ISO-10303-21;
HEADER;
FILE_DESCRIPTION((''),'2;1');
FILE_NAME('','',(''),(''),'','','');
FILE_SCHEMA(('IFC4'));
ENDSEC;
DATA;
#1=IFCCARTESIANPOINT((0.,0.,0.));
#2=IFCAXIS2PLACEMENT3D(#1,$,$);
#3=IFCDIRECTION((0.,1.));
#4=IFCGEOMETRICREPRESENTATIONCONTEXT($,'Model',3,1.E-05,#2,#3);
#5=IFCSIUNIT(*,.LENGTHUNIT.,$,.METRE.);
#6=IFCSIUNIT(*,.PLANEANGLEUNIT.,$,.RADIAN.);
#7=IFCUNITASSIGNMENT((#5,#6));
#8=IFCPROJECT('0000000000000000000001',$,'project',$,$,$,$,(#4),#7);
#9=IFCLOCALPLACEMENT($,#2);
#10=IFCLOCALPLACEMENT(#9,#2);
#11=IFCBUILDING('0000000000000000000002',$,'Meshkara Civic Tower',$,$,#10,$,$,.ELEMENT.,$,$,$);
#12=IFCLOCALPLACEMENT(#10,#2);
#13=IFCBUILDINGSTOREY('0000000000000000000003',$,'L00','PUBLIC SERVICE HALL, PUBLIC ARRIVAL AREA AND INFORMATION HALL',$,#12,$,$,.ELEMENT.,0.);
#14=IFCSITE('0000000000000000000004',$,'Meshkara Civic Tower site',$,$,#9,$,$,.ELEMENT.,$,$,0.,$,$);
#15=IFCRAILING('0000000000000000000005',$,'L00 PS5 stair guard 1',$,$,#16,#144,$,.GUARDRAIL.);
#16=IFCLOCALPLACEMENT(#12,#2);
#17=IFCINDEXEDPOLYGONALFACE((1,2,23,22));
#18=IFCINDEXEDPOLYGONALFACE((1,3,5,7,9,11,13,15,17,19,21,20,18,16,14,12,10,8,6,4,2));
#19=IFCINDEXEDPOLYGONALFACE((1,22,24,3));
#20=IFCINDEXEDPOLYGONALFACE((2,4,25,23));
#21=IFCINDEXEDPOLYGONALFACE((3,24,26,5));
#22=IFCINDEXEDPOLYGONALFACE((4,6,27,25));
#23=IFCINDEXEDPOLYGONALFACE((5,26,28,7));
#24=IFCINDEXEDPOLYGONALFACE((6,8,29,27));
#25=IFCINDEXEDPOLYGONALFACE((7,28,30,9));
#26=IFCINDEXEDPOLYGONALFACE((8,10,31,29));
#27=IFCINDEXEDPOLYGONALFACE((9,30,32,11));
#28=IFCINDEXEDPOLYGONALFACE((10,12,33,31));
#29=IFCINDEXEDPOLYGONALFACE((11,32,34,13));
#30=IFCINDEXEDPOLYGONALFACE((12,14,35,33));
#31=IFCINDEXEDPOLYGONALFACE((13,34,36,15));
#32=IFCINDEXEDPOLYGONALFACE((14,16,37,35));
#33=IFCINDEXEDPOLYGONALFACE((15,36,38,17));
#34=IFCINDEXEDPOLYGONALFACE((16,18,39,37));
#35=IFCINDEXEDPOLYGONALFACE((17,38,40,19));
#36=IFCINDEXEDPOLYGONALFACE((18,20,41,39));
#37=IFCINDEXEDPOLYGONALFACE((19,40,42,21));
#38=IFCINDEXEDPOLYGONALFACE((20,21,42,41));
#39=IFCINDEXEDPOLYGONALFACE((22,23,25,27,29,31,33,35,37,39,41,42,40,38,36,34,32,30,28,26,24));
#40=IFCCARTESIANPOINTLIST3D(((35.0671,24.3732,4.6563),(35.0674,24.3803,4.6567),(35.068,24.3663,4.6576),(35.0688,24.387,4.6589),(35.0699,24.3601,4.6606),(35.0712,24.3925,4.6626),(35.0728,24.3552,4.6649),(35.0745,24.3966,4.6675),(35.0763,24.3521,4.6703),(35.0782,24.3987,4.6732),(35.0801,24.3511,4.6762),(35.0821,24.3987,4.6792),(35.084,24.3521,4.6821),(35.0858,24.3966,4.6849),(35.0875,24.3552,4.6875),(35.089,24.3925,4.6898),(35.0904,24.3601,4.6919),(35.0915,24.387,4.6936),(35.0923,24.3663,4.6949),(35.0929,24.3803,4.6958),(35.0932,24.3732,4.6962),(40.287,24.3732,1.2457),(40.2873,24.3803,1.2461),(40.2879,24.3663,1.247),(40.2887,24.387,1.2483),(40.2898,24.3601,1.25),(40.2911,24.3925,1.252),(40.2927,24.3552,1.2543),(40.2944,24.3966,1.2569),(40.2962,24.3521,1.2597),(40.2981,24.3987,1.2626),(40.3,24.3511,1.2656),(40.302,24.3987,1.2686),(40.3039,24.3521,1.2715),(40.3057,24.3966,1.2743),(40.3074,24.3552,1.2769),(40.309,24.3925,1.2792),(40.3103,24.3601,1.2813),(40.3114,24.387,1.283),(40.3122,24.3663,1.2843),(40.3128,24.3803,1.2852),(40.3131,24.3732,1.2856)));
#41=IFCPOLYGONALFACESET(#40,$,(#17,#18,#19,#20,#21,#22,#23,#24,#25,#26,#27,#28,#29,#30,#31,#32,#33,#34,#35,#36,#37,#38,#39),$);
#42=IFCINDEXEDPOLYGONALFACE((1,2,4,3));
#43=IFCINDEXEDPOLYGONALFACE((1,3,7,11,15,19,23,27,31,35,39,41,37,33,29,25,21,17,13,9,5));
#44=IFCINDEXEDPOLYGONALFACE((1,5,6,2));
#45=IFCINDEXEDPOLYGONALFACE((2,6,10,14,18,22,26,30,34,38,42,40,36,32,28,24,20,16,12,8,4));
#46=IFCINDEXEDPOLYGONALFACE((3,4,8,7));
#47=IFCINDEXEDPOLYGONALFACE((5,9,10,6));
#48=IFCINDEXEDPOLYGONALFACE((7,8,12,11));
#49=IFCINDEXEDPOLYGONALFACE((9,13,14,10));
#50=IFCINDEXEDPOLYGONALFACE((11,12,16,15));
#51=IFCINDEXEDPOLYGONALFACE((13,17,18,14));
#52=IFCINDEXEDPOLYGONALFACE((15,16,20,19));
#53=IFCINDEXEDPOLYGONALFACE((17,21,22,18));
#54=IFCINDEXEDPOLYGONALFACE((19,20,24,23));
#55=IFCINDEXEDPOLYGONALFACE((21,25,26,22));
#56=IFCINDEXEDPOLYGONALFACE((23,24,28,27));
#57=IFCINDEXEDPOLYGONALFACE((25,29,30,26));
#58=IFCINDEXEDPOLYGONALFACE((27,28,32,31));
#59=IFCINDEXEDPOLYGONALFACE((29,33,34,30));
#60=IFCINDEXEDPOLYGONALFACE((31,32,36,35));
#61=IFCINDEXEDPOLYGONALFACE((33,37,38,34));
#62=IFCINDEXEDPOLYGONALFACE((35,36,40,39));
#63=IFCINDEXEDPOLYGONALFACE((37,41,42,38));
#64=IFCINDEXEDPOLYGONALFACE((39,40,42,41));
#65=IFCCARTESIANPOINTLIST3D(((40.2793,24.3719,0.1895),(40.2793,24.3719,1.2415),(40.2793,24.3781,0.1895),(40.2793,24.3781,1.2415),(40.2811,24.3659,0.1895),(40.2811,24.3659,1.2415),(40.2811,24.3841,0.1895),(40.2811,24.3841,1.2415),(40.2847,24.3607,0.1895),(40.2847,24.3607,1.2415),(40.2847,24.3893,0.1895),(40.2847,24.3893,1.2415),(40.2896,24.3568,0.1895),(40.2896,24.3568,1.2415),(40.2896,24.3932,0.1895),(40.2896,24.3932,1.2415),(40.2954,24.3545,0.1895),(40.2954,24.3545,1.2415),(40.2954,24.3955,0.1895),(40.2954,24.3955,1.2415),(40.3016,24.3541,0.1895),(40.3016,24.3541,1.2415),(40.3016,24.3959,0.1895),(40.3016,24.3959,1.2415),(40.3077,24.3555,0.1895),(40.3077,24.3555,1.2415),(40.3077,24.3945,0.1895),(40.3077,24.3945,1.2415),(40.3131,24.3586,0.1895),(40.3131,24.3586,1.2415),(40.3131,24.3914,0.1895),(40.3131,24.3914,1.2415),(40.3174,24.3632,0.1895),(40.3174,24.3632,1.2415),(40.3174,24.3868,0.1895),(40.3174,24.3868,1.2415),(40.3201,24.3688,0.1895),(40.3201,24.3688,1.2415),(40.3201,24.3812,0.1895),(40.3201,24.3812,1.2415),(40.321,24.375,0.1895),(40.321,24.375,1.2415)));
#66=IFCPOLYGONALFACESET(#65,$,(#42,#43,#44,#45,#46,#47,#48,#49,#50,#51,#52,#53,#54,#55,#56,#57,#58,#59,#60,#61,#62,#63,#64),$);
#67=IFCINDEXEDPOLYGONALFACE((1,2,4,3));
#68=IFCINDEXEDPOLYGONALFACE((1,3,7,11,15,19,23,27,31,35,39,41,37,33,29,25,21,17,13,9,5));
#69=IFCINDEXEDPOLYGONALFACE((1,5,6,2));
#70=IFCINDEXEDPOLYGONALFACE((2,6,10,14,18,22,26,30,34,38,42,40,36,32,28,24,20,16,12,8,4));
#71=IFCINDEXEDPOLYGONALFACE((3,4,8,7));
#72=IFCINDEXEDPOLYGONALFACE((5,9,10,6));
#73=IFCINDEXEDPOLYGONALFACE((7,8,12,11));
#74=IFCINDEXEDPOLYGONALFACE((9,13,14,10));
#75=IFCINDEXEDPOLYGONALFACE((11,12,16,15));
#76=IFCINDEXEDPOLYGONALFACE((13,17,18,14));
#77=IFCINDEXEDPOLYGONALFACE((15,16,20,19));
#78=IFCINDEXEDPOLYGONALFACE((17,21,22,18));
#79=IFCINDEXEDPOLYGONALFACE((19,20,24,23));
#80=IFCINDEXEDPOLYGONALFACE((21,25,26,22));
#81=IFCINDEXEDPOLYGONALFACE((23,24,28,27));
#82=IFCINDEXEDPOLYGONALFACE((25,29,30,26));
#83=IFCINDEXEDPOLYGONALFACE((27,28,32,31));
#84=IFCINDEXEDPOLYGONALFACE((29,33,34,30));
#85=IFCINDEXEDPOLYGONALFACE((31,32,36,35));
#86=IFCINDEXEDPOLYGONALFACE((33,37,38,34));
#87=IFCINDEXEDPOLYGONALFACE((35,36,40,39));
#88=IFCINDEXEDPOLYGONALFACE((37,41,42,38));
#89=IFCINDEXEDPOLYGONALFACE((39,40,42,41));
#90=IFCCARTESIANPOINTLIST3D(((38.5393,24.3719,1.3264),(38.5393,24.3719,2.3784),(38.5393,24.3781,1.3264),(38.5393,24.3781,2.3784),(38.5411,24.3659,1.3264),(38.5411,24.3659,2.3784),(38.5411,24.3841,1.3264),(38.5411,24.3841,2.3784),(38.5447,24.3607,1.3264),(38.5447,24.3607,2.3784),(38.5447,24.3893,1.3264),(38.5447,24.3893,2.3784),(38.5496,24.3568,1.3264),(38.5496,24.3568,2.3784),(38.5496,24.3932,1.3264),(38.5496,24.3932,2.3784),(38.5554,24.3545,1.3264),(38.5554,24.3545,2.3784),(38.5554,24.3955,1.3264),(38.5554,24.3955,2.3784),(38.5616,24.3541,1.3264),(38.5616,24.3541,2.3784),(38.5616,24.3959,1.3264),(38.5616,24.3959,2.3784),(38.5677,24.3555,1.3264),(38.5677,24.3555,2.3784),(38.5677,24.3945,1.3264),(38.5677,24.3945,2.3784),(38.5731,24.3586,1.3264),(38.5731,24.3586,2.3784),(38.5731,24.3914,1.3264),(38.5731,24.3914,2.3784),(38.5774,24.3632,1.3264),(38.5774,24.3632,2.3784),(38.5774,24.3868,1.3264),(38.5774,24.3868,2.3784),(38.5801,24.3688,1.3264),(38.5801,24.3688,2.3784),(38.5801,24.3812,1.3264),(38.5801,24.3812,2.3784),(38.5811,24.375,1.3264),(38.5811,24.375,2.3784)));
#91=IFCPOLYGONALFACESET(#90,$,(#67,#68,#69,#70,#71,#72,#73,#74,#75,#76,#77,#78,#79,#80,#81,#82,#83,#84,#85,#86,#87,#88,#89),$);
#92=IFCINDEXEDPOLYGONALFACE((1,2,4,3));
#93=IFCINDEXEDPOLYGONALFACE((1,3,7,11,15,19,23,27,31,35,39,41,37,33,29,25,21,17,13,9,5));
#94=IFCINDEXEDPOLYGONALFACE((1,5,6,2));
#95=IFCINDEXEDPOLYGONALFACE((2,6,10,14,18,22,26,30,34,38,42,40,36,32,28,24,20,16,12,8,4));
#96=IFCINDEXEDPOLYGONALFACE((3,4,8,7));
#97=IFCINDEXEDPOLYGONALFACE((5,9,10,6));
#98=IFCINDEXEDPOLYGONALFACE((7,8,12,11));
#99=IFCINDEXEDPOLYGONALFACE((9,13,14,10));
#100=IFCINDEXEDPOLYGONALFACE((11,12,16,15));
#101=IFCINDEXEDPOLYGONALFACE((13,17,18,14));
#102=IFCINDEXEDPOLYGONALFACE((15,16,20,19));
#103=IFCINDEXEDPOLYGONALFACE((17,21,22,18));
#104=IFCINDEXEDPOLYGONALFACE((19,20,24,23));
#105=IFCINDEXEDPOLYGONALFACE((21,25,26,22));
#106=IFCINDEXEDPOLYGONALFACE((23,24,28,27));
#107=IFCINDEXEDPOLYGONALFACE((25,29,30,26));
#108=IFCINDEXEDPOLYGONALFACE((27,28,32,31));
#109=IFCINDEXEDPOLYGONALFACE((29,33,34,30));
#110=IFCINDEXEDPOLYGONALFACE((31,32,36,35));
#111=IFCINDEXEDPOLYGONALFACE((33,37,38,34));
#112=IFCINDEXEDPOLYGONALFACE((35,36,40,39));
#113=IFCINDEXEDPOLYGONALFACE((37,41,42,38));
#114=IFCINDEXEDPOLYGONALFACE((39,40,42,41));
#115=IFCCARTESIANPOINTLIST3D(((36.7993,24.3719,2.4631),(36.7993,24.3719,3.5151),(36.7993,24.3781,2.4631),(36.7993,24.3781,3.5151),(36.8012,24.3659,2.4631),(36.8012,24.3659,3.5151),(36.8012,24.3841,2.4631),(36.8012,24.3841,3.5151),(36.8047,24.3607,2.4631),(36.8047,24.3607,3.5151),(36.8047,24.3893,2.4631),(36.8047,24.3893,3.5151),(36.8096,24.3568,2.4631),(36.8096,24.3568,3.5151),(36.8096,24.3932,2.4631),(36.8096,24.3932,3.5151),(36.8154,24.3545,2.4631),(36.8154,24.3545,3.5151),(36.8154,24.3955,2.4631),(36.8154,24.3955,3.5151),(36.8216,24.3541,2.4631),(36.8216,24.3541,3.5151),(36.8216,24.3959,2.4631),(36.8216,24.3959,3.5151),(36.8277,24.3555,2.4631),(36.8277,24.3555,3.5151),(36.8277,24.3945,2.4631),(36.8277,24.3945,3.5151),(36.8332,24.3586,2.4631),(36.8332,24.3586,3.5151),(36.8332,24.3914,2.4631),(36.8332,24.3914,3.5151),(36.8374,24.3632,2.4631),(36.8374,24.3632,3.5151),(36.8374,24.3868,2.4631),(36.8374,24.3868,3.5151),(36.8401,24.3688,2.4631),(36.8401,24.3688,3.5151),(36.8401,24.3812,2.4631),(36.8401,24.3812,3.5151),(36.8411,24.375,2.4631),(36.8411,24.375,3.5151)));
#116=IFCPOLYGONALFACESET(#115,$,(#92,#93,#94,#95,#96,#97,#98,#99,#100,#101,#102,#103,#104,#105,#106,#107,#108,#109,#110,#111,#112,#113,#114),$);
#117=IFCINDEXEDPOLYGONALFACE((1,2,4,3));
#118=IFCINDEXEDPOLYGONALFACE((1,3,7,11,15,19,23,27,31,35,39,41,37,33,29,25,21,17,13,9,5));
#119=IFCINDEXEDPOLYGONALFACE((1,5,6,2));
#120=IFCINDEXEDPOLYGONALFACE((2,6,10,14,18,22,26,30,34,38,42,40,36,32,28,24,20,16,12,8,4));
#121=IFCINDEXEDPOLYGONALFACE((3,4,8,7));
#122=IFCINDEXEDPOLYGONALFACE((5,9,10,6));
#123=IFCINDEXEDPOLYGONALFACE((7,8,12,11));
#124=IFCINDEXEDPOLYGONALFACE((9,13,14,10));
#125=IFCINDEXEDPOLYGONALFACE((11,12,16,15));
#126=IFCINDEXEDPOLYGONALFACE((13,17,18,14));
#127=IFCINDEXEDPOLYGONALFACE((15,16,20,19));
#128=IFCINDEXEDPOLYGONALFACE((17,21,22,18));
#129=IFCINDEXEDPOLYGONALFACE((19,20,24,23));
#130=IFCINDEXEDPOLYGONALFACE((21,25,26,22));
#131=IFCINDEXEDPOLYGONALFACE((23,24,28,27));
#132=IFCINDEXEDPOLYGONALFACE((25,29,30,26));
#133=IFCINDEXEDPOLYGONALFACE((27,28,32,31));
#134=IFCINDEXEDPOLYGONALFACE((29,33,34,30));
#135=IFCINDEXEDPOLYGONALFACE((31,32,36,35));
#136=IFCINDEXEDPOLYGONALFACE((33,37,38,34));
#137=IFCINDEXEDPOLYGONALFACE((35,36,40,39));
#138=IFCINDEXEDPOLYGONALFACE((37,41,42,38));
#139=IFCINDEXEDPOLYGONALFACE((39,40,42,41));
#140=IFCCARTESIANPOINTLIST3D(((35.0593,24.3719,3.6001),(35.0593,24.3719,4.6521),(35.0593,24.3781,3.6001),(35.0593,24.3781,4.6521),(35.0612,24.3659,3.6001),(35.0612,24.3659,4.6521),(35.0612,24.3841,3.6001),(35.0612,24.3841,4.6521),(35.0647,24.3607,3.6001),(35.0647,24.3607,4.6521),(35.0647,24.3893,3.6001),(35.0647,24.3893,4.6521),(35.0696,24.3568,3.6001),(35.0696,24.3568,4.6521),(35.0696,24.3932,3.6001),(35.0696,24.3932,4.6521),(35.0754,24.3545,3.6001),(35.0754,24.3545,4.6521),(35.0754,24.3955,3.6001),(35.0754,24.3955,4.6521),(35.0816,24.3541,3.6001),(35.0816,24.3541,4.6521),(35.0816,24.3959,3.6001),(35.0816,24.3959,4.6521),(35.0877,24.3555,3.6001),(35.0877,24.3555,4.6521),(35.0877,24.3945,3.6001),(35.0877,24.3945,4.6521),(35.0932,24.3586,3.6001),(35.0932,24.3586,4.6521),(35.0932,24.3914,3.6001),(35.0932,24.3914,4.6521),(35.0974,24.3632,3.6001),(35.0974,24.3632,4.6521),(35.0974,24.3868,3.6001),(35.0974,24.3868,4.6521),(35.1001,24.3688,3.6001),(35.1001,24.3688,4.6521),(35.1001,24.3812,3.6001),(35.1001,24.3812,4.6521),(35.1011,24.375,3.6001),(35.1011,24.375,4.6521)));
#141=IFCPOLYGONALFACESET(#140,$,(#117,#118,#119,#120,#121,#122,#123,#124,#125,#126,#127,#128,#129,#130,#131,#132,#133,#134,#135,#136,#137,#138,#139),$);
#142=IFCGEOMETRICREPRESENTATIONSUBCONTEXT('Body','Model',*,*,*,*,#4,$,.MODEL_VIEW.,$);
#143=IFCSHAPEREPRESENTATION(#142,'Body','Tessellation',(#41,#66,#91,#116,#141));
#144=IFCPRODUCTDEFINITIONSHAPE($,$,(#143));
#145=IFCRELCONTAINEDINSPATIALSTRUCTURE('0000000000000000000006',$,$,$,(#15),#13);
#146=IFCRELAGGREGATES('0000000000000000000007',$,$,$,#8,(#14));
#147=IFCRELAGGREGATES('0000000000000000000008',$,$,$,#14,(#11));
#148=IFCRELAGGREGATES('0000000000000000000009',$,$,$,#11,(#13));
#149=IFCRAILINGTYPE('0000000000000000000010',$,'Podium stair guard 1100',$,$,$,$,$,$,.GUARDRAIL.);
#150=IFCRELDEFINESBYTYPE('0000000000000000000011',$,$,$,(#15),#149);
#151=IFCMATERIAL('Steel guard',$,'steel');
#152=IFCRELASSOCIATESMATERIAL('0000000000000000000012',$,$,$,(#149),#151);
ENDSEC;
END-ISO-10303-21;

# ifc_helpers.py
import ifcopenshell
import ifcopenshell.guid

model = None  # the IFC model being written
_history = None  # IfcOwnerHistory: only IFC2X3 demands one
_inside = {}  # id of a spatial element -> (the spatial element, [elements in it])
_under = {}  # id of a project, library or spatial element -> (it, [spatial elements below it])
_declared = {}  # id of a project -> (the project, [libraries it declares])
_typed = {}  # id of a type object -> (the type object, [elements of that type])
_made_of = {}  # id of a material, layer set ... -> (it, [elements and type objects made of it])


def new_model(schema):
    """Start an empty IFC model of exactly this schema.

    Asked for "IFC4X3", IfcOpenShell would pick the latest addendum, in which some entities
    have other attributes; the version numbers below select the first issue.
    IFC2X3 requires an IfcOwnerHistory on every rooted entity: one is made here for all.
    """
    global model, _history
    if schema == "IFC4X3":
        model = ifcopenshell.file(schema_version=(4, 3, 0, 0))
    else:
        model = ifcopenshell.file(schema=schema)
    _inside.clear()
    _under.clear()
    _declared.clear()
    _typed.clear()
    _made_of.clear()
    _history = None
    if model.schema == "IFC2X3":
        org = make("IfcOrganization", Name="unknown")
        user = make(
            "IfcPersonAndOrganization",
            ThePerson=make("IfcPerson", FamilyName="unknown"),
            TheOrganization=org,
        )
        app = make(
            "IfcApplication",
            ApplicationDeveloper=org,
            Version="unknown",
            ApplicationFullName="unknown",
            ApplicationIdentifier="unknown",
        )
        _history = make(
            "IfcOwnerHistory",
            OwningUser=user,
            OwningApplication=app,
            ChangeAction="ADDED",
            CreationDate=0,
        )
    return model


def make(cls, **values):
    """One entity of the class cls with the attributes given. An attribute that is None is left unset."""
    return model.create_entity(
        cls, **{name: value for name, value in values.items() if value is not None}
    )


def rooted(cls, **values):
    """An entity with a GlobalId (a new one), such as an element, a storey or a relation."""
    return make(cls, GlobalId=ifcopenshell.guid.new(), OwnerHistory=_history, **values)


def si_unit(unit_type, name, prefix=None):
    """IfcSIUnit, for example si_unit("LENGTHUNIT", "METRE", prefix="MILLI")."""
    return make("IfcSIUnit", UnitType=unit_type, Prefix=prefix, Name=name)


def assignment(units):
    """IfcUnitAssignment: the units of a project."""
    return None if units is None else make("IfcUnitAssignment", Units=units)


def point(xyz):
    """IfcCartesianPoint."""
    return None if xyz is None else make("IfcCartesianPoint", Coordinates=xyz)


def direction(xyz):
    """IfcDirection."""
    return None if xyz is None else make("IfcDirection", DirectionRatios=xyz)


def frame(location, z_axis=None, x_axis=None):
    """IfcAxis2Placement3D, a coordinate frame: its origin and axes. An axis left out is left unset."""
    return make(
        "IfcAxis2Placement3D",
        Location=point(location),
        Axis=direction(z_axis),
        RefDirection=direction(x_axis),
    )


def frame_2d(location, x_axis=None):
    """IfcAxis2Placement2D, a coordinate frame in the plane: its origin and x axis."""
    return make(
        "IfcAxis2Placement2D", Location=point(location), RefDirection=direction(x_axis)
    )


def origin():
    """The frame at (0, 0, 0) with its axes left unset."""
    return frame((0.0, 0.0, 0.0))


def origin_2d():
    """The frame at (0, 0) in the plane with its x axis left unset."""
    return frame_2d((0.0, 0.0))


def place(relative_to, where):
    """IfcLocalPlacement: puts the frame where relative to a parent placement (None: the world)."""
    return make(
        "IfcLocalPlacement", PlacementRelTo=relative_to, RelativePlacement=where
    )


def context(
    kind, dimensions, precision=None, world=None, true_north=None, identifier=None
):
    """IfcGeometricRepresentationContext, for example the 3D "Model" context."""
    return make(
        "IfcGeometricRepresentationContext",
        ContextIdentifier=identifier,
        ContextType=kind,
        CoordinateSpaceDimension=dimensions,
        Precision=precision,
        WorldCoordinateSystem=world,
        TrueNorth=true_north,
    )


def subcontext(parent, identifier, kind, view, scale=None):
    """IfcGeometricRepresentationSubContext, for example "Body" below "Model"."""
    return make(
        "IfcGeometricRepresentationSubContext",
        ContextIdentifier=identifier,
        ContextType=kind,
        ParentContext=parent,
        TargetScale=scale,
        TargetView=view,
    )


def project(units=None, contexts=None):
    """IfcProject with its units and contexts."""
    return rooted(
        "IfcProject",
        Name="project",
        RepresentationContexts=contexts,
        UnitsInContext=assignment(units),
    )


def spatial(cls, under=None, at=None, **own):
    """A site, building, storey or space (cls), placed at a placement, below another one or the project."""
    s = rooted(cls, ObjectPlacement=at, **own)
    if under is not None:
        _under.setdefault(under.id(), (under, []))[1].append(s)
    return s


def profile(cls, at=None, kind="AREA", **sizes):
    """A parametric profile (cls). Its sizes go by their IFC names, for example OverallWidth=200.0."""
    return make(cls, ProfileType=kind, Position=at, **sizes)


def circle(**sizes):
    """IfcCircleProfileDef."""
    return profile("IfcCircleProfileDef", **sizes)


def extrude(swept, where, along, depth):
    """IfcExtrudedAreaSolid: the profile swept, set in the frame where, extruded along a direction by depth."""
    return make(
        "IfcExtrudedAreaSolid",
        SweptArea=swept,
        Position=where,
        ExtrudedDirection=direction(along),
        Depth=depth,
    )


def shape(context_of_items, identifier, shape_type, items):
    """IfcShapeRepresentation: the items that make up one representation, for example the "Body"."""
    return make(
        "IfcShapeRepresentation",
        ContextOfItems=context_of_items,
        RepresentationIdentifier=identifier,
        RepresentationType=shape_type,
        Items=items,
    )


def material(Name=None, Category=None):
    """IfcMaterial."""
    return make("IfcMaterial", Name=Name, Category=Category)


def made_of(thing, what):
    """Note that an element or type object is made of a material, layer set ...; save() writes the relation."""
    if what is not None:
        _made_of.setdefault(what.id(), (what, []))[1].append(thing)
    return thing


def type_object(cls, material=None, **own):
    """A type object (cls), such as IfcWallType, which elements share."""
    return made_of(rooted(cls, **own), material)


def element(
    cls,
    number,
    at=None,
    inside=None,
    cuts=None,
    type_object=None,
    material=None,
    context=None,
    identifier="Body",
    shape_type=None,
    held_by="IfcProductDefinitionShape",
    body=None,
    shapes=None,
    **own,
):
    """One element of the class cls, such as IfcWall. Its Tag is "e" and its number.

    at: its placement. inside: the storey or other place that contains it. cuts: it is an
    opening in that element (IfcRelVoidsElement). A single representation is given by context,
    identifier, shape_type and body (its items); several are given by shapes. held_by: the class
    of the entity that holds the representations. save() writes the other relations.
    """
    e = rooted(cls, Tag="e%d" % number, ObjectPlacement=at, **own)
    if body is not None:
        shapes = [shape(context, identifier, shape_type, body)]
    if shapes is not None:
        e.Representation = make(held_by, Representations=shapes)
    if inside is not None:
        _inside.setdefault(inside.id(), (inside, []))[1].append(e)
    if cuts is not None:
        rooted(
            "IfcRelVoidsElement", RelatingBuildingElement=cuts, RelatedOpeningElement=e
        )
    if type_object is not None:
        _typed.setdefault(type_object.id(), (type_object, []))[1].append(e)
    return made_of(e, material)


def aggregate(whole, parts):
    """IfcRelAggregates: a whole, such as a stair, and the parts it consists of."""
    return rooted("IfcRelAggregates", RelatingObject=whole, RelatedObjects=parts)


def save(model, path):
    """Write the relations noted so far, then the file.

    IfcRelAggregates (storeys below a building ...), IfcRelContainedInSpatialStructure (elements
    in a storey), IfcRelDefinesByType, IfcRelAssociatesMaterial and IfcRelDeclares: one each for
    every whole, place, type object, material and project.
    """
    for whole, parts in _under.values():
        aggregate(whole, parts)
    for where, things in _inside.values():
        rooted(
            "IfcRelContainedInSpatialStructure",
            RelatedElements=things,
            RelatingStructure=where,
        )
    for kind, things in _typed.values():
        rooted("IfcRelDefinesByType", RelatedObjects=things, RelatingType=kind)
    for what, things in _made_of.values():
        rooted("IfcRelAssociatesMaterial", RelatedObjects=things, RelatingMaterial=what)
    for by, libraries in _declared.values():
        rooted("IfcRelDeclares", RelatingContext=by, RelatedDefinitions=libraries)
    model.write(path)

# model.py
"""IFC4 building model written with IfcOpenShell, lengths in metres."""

from ifc_helpers import new_model, si_unit, direction, frame, origin, origin_2d, place, context, subcontext, project, spatial, circle, extrude, material, type_object, element, save


model = new_model("IFC4")

# Units and contexts
model_context = context("Model", 3, precision=1e-05, world=origin(), true_north=direction((0.0, 1.0)))
body_context = subcontext(model_context, "Body", "Model", "MODEL_VIEW")
ifc_project = project(units=[si_unit("LENGTHUNIT", "METRE"), si_unit("PLANEANGLEUNIT", "RADIAN")], contexts=[model_context])

# Site, building, storey
site_placement = place(None, origin())
site = spatial("IfcSite", under=ifc_project, at=site_placement, Name="Meshkara Civic Tower site", CompositionType="ELEMENT", RefElevation=0.0)
building_placement = place(site_placement, origin())
building = spatial("IfcBuilding", under=site, at=building_placement, Name="Meshkara Civic Tower", CompositionType="ELEMENT")
storey_placement = place(building_placement, origin())
storey = spatial("IfcBuildingStorey", under=building, at=storey_placement, Name="L00", Description="PUBLIC SERVICE HALL, PUBLIC ARRIVAL AREA AND INFORMATION HALL", CompositionType="ELEMENT", Elevation=0.0)

# Railing
ifc_material_1 = material(Name="Steel guard", Category="steel")
railing_type_1 = type_object("IfcRailingType", Name="Podium stair guard 1100", PredefinedType="GUARDRAIL", material=ifc_material_1)
railing_1_placement = place(storey_placement, frame((40.3, 24.375, 0.1895)))
element("IfcRailing", 1, at=railing_1_placement, inside=storey, type_object=railing_type_1, Name="L00 PS5 stair guard 1", PredefinedType="GUARDRAIL", context=body_context, shape_type="SweptSolid", body=[
    extrude(circle(Radius=0.0239, at=origin_2d()), frame((0.0, 0.0, 1.0762), z_axis=(-0.837147, 0.0, 0.546978), x_axis=(0.0, -1.0, 0.0)), (0.0, 0.0, 1.0), 6.2354),
    extrude(circle(Radius=0.021, at=origin_2d()), origin(), (0.0, 0.0, 1.0), 1.052),
    extrude(circle(Radius=0.021, at=origin_2d()), frame((-1.74, 0.0, 1.137)), (0.0, 0.0, 1.0), 1.052),
    extrude(circle(Radius=0.021, at=origin_2d()), frame((-3.48, 0.0, 2.2737)), (0.0, 0.0, 1.0), 1.052),
    extrude(circle(Radius=0.021, at=origin_2d()), frame((-5.22, 0.0, 3.4106)), (0.0, 0.0, 1.0), 1.052),
])

save(model, "model.ifc")
